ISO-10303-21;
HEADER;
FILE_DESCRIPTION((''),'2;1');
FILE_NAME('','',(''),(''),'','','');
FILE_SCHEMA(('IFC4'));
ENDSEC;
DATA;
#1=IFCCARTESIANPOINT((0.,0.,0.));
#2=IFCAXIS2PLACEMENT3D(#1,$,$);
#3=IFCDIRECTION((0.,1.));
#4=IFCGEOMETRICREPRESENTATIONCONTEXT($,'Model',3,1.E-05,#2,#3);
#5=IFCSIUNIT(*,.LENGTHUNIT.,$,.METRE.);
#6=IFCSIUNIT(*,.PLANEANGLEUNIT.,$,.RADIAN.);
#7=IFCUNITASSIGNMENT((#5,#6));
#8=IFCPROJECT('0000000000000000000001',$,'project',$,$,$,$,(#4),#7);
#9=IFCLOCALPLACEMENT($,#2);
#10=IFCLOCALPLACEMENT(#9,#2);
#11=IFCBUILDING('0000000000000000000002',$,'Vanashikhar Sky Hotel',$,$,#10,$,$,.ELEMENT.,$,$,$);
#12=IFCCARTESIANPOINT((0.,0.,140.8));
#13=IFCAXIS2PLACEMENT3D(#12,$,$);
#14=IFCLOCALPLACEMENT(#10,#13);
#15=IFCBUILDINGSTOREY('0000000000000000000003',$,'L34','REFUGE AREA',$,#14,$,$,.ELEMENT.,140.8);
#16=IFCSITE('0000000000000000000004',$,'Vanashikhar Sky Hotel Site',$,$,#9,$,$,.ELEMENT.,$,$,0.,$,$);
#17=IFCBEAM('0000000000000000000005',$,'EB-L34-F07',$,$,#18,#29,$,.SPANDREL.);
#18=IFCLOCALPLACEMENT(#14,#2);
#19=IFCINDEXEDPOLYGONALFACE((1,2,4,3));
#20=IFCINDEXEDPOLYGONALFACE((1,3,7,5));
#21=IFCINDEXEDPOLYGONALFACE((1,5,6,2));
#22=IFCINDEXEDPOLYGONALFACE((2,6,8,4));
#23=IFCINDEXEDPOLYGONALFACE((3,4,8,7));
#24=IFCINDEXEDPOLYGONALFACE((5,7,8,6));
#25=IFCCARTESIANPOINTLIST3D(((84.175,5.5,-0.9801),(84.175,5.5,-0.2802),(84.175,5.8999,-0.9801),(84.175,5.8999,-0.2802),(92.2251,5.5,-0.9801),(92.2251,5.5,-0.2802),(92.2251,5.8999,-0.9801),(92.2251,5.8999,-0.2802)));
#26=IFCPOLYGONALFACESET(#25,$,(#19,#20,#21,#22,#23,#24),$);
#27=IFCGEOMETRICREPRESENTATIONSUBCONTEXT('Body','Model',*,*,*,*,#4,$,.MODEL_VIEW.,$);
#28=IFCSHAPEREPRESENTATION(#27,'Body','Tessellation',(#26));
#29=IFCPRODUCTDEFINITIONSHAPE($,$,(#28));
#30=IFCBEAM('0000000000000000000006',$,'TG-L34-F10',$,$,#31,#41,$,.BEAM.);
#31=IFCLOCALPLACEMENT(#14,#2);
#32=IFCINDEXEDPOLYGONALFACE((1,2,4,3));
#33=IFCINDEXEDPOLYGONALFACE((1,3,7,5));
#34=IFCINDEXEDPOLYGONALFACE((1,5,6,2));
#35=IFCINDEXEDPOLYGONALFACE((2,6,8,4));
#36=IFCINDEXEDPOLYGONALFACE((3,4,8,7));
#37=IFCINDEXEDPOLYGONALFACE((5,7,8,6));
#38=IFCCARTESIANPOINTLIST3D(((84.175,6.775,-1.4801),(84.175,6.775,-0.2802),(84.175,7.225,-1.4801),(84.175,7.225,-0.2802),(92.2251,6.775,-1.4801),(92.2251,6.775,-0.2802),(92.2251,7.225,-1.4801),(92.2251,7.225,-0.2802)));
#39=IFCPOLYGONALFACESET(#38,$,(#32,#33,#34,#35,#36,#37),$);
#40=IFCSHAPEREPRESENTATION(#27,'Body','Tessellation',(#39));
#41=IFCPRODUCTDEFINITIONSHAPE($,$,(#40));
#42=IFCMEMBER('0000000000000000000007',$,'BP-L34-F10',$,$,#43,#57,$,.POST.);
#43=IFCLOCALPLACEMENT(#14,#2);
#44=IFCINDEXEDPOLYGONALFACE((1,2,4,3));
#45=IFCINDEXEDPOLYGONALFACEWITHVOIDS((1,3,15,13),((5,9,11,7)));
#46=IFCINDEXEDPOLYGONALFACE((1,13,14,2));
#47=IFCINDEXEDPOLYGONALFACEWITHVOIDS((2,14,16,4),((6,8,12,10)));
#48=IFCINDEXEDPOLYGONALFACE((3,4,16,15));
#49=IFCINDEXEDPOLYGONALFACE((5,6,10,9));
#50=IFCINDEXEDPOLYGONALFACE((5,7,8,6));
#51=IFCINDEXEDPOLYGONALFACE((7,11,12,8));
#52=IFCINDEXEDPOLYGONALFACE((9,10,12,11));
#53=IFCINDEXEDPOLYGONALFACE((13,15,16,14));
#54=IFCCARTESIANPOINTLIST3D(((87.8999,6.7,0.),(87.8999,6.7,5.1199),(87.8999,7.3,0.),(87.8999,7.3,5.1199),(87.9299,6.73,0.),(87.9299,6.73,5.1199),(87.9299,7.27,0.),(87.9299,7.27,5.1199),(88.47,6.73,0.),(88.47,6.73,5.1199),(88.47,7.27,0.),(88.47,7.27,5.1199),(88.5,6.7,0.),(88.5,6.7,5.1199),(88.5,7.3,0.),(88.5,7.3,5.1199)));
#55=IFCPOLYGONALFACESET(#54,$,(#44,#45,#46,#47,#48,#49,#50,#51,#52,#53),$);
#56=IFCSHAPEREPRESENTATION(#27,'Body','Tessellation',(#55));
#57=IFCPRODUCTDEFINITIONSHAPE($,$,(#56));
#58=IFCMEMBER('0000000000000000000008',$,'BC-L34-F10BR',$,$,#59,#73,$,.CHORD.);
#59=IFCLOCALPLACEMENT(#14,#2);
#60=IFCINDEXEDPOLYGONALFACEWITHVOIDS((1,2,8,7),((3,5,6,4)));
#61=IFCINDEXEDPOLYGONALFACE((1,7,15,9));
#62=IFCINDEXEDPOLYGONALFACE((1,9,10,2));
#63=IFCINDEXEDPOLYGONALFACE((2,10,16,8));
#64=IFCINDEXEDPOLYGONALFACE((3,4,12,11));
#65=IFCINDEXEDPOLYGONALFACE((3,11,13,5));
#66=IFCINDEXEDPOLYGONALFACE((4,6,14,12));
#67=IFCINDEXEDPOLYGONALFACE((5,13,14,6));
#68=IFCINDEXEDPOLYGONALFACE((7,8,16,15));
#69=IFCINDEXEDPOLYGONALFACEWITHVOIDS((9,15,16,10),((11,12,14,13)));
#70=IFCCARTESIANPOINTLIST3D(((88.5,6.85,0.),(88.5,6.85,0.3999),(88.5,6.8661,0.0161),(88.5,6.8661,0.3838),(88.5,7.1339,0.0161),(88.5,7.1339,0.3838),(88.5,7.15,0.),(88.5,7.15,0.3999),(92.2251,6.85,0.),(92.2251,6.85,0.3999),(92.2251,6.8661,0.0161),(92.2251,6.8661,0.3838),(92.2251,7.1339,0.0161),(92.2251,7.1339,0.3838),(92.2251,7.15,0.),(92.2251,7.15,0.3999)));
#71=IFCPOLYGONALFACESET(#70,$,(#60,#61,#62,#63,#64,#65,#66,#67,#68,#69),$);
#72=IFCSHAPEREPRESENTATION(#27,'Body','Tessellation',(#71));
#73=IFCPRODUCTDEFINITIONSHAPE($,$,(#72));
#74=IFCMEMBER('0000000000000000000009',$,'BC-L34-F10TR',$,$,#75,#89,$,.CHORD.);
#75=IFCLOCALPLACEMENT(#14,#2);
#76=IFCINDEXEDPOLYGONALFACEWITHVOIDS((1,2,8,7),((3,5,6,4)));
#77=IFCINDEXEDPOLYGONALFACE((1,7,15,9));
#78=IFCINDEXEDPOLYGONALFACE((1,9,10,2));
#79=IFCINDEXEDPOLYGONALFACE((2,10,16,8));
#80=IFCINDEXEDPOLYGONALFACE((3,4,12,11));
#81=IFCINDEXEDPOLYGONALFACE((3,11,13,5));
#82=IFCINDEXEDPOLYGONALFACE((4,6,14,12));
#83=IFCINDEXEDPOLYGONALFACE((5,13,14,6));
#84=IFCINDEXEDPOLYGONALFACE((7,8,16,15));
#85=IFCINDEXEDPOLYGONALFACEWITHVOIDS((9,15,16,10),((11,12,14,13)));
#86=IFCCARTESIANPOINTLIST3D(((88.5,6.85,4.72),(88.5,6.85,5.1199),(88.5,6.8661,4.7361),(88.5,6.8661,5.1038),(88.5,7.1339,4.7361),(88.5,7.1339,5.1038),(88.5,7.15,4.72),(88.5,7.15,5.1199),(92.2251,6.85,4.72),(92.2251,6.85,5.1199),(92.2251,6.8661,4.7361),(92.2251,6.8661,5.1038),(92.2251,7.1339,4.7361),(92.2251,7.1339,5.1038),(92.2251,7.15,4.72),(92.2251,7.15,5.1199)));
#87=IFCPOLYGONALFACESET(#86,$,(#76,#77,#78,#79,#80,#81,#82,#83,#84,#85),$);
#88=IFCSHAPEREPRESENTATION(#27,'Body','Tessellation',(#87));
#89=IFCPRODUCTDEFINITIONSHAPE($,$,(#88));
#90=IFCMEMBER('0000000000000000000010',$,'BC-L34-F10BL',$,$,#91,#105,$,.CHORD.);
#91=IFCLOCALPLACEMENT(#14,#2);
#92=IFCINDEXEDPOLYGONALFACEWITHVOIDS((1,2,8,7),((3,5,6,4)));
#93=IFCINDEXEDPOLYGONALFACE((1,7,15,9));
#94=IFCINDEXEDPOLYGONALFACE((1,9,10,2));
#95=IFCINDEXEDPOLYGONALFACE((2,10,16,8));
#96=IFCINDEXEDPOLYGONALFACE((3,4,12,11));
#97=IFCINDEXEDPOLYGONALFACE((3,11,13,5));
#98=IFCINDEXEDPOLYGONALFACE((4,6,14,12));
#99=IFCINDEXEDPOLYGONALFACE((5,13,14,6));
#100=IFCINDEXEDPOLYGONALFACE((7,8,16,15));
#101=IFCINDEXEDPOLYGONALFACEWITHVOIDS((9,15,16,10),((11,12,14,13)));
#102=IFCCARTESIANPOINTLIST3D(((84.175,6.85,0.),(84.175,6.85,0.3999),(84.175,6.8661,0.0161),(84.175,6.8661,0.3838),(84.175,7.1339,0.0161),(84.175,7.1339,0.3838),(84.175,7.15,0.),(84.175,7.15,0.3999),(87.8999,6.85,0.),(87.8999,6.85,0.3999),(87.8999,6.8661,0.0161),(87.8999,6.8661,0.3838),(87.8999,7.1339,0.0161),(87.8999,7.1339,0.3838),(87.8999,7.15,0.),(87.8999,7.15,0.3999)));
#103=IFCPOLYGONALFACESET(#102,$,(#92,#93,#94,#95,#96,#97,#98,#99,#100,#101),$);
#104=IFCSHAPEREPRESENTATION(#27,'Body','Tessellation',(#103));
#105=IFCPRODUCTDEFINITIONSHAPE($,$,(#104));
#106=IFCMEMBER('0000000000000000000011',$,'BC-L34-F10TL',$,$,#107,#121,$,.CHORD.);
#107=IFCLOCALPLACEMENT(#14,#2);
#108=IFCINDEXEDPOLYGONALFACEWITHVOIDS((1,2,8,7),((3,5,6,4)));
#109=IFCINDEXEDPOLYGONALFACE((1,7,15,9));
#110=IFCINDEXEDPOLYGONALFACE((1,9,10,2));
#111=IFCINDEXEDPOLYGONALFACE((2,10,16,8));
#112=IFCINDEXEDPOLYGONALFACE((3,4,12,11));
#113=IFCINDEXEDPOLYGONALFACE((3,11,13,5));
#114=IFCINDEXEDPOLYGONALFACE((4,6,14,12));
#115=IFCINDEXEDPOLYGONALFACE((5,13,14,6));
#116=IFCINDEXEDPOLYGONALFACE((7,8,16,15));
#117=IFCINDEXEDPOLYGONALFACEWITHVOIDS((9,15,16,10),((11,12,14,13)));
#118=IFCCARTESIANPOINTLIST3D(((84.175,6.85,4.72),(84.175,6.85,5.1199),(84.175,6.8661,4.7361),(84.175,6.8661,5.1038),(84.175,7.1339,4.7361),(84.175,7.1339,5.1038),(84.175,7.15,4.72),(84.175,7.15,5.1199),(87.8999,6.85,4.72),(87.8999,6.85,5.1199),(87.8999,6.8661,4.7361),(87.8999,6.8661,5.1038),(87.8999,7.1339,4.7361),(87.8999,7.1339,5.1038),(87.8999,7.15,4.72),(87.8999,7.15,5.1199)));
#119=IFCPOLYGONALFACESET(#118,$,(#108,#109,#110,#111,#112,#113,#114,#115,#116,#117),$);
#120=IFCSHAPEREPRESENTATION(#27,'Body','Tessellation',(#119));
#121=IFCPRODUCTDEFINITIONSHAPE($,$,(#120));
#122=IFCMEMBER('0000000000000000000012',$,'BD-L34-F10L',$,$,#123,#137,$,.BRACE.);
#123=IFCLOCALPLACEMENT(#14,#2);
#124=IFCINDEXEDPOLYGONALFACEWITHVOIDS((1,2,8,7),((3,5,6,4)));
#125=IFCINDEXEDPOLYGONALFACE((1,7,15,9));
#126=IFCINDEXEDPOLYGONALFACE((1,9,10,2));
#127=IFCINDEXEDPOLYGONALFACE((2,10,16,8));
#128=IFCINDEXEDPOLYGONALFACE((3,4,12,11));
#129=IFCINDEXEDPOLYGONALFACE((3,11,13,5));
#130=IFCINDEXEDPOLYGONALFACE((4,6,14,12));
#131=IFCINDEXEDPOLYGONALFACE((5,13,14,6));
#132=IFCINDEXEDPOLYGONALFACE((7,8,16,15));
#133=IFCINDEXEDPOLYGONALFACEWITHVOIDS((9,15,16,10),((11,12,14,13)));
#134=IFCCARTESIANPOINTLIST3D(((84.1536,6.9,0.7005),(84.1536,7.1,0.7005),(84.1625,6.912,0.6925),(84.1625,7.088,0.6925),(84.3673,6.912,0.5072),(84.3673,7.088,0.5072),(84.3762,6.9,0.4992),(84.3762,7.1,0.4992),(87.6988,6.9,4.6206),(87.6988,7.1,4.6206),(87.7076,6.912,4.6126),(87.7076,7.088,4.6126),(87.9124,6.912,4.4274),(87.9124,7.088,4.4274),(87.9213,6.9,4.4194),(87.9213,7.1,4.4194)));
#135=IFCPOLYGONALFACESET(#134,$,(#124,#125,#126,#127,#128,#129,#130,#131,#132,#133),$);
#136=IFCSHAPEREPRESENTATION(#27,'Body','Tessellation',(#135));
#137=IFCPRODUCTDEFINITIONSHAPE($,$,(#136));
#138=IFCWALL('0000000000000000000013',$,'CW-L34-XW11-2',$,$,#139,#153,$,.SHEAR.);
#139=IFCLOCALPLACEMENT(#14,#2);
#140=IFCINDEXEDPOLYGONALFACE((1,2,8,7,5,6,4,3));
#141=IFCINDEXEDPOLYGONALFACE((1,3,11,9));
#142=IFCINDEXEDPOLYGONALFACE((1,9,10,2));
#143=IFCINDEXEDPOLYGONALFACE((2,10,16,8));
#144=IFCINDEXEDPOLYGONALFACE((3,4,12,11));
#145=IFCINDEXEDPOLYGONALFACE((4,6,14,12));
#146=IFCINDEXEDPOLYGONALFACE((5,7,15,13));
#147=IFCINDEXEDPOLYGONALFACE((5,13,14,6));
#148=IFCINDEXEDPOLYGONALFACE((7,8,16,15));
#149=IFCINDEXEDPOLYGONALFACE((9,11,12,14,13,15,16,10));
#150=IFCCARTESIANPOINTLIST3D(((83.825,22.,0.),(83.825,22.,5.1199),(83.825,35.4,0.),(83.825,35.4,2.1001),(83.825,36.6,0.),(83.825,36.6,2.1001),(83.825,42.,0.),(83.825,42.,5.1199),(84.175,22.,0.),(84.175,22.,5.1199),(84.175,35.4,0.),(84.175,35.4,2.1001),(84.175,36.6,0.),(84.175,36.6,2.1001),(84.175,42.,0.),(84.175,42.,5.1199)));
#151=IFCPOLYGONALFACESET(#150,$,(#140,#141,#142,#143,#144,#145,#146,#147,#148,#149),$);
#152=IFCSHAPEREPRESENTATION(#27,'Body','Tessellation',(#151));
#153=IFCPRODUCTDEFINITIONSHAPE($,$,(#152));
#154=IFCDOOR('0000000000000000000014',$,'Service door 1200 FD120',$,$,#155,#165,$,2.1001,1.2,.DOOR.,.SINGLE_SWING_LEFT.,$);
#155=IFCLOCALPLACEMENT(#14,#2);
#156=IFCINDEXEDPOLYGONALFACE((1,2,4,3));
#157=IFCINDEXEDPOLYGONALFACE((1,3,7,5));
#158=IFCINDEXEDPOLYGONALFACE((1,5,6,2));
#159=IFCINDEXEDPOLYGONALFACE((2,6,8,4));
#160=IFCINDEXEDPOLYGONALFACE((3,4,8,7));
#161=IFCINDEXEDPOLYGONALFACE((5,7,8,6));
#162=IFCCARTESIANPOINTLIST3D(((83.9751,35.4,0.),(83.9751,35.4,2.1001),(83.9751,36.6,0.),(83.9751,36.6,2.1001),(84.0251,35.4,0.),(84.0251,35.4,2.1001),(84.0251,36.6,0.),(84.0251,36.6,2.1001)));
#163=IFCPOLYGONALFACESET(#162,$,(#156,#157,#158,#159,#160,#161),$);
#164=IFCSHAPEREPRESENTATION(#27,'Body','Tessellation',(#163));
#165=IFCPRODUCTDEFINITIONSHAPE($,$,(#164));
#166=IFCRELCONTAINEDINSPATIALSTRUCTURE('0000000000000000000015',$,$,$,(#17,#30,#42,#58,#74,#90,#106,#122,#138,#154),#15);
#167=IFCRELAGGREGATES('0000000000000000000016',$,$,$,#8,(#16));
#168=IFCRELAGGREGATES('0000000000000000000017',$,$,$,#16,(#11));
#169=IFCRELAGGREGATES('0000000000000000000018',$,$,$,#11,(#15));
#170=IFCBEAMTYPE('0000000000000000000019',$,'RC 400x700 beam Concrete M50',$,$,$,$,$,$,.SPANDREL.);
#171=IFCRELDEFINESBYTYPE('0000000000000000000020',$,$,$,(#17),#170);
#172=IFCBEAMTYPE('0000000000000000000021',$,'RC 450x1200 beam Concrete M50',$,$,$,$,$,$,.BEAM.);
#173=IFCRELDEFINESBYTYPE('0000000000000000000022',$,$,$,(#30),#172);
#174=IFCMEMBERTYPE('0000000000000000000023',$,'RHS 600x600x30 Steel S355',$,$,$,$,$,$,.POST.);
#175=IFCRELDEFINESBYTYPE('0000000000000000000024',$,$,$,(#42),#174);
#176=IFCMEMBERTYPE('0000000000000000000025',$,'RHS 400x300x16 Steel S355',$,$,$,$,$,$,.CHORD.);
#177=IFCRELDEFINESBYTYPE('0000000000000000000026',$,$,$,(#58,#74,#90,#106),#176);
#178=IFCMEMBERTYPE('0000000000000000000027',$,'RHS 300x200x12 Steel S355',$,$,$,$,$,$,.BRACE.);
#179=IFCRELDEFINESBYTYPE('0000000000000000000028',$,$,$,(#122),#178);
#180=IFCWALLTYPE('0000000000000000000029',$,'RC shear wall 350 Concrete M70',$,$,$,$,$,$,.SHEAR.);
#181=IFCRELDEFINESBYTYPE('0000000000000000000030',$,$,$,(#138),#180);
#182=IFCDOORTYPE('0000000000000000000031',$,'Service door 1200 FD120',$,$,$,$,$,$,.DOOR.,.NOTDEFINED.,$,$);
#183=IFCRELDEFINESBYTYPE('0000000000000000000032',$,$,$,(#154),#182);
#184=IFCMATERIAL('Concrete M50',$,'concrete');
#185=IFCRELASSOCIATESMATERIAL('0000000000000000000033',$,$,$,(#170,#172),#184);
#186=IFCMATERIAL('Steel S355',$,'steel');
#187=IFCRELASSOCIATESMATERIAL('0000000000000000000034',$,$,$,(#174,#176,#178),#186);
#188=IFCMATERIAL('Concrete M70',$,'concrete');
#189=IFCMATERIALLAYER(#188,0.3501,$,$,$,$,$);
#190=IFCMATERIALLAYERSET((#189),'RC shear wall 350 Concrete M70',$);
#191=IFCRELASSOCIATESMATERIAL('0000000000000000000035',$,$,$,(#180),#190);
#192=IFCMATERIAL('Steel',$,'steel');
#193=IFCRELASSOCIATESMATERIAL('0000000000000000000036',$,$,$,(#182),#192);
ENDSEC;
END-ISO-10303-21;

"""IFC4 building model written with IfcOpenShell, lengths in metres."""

from ifc_helpers import new_model, si_unit, direction, frame, frame_2d, origin, origin_2d, place, context, subcontext, project, spatial, rectangle, hollow_rectangle, extrude, source, transform, mapped, material, layer, layer_set, material_profile, profile_set, type_object, element, fill, save


model = new_model("IFC4")

# Units and contexts
model_context = context("Model", 3, precision=1e-05, world=origin(), true_north=direction((0.0, 1.0)))
body_context = subcontext(model_context, "Body", "Model", "MODEL_VIEW")
ifc_project = project(units=[si_unit("LENGTHUNIT", "METRE"), si_unit("PLANEANGLEUNIT", "RADIAN")], contexts=[model_context])

# Site, building, storey
site_placement = place(None, origin())
site = spatial("IfcSite", under=ifc_project, at=site_placement, Name="Vanashikhar Sky Hotel Site", CompositionType="ELEMENT", RefElevation=0.0)
building_placement = place(site_placement, origin())
building = spatial("IfcBuilding", under=site, at=building_placement, Name="Vanashikhar Sky Hotel", CompositionType="ELEMENT")
storey_placement = place(building_placement, frame((0.0, 0.0, 140.8)))
storey = spatial("IfcBuildingStorey", under=building, at=storey_placement, Name="L34", Description="REFUGE AREA", CompositionType="ELEMENT", Elevation=140.8)

# Beams
ifc_material_1 = material(Name="Concrete M50", Category="concrete")
ifc_material_profile_1 = material_profile(ifc_material_1, rectangle(XDim=0.3999, YDim=0.7, at=origin_2d()))
ifc_profile_set_1 = profile_set([ifc_material_profile_1], Name="RC 400x700 beam Concrete M50")
beam_type_1 = type_object("IfcBeamType", Name="RC 400x700 beam Concrete M50", PredefinedType="SPANDREL", material=ifc_profile_set_1)
shared_shape_1 = source(origin(), body_context, "Body", "SweptSolid", [
    extrude(rectangle(XDim=0.3999, YDim=0.7, at=origin_2d()), origin(), (0.0, 0.0, 1.0), 8.05),
])
beam_1_placement = place(storey_placement, frame((84.175, 5.7, -0.6301), z_axis=(1.0, 0.0, 0.0), x_axis=(0.0, 1.0, 0.0)))
element("IfcBeam", 1, at=beam_1_placement, inside=storey, type_object=beam_type_1, Name="EB-L34-F07", PredefinedType="SPANDREL", context=body_context, shape_type="MappedRepresentation", body=[
    mapped(shared_shape_1, transform((0.0, 0.0, 0.0), scale=1.0)),
])
ifc_material_profile_2 = material_profile(ifc_material_1, rectangle(XDim=0.45, YDim=1.2, at=origin_2d()))
ifc_profile_set_2 = profile_set([ifc_material_profile_2], Name="RC 450x1200 beam Concrete M50")
beam_type_2 = type_object("IfcBeamType", Name="RC 450x1200 beam Concrete M50", PredefinedType="BEAM", material=ifc_profile_set_2)
shared_shape_2 = source(origin(), body_context, "Body", "SweptSolid", [
    extrude(rectangle(XDim=0.45, YDim=1.2, at=origin_2d()), origin(), (0.0, 0.0, 1.0), 8.05),
])
beam_2_placement = place(storey_placement, frame((84.175, 7.0, -0.8801), z_axis=(1.0, 0.0, 0.0), x_axis=(0.0, 1.0, 0.0)))
element("IfcBeam", 2, at=beam_2_placement, inside=storey, type_object=beam_type_2, Name="TG-L34-F10", PredefinedType="BEAM", context=body_context, shape_type="MappedRepresentation", body=[
    mapped(shared_shape_2, transform((0.0, 0.0, 0.0), scale=1.0)),
])

# Members
ifc_material_2 = material(Name="Steel S355", Category="steel")
ifc_material_profile_3 = material_profile(ifc_material_2, hollow_rectangle(XDim=0.6001, YDim=0.6001, WallThickness=0.03, at=origin_2d()))
ifc_profile_set_3 = profile_set([ifc_material_profile_3], Name="RHS 600x600x30 Steel S355")
member_type_1 = type_object("IfcMemberType", Name="RHS 600x600x30 Steel S355", PredefinedType="POST", material=ifc_profile_set_3)
shared_shape_3 = source(origin(), body_context, "Body", "SweptSolid", [
    extrude(hollow_rectangle(XDim=0.6001, YDim=0.6001, WallThickness=0.03, at=origin_2d()), origin(), (0.0, 0.0, 1.0), 5.1199),
])
member_1_placement = place(storey_placement, frame((88.2, 7.0, 0.0), z_axis=(0.0, 0.0, 1.0), x_axis=(1.0, 0.0, 0.0)))
element("IfcMember", 3, at=member_1_placement, inside=storey, type_object=member_type_1, Name="BP-L34-F10", PredefinedType="POST", context=body_context, shape_type="MappedRepresentation", body=[
    mapped(shared_shape_3, transform((0.0, 0.0, 0.0), scale=1.0)),
])
ifc_material_profile_4 = material_profile(ifc_material_2, hollow_rectangle(XDim=0.3, YDim=0.3999, WallThickness=0.0161, at=origin_2d()))
ifc_profile_set_4 = profile_set([ifc_material_profile_4], Name="RHS 400x300x16 Steel S355")
member_type_2 = type_object("IfcMemberType", Name="RHS 400x300x16 Steel S355", PredefinedType="CHORD", material=ifc_profile_set_4)
shared_shape_4 = source(origin(), body_context, "Body", "SweptSolid", [
    extrude(hollow_rectangle(XDim=0.3, YDim=0.3999, WallThickness=0.0161, at=origin_2d()), origin(), (0.0, 0.0, 1.0), 3.7251),
])
for number, where, z_axis, x_axis, name in (
    (4, (88.5, 7.0, 0.2), (1.0, 0.0, 0.0), (0.0, 1.0, 0.0), "BC-L34-F10BR"),
    (5, (88.5, 7.0, 4.9199), (1.0, 0.0, 0.0), (0.0, 1.0, 0.0), "BC-L34-F10TR"),
):
    element("IfcMember", number, at=place(storey_placement, frame(where, z_axis=z_axis, x_axis=x_axis)), inside=storey, type_object=member_type_2, Name=name, PredefinedType="CHORD", context=body_context, shape_type="MappedRepresentation", body=[
        mapped(shared_shape_4, transform((0.0, 0.0, 0.0), scale=1.0)),
    ])
shared_shape_5 = source(origin(), body_context, "Body", "SweptSolid", [
    extrude(hollow_rectangle(XDim=0.3, YDim=0.3999, WallThickness=0.0161, at=origin_2d()), origin(), (0.0, 0.0, 1.0), 3.7249),
])
for number, where, z_axis, x_axis, name in (
    (6, (84.175, 7.0, 0.2), (1.0, 0.0, 0.0), (0.0, 1.0, 0.0), "BC-L34-F10BL"),
    (7, (84.175, 7.0, 4.9199), (1.0, 0.0, 0.0), (0.0, 1.0, 0.0), "BC-L34-F10TL"),
):
    element("IfcMember", number, at=place(storey_placement, frame(where, z_axis=z_axis, x_axis=x_axis)), inside=storey, type_object=member_type_2, Name=name, PredefinedType="CHORD", context=body_context, shape_type="MappedRepresentation", body=[
        mapped(shared_shape_5, transform((0.0, 0.0, 0.0), scale=1.0)),
    ])
ifc_material_profile_5 = material_profile(ifc_material_2, hollow_rectangle(XDim=0.2, YDim=0.3, WallThickness=0.012, at=origin_2d()))
ifc_profile_set_5 = profile_set([ifc_material_profile_5], Name="RHS 300x200x12 Steel S355")
member_type_3 = type_object("IfcMemberType", Name="RHS 300x200x12 Steel S355", PredefinedType="BRACE", material=ifc_profile_set_5)
shared_shape_6 = source(origin(), body_context, "Body", "SweptSolid", [
    extrude(hollow_rectangle(XDim=0.2, YDim=0.3, WallThickness=0.012, at=origin_2d()), origin(), (0.0, 0.0, 1.0), 5.2854),
])
member_2_placement = place(storey_placement, frame((84.2649, 7.0, 0.5999), z_axis=(0.670742, 0.0, 0.741691), x_axis=(0.0, 1.0, 0.0)))
element("IfcMember", 8, at=member_2_placement, inside=storey, type_object=member_type_3, Name="BD-L34-F10L", PredefinedType="BRACE", context=body_context, shape_type="MappedRepresentation", body=[
    mapped(shared_shape_6, transform((0.0, 0.0, 0.0), scale=1.0)),
])

# Wall, opening, door
ifc_material_3 = material(Name="Concrete M70", Category="concrete")
ifc_layer_1 = layer(ifc_material_3, 0.3501)
ifc_layer_set_1 = layer_set([ifc_layer_1], Name="RC shear wall 350 Concrete M70")
wall_type_1 = type_object("IfcWallType", Name="RC shear wall 350 Concrete M70", PredefinedType="SHEAR", material=ifc_layer_set_1)
shared_shape_7 = source(origin(), body_context, "Body", "SweptSolid", [
    extrude(rectangle(XDim=20.0, YDim=0.3501, at=frame_2d((10.0, 0.0))), origin(), (0.0, 0.0, 1.0), 5.1199),
])
wall_1_placement = place(storey_placement, frame((84.0, 22.0, 0.0), z_axis=(0.0, 0.0, 1.0), x_axis=(0.0, 1.0, 0.0)))
wall_1 = element("IfcWall", 9, at=wall_1_placement, inside=storey, type_object=wall_type_1, Name="CW-L34-XW11-2", PredefinedType="SHEAR", context=body_context, shape_type="MappedRepresentation", body=[
    mapped(shared_shape_7, transform((0.0, 0.0, 0.0), scale=1.0)),
])
shared_shape_8 = source(origin(), body_context, "Body", "SweptSolid", [
    extrude(rectangle(XDim=1.2, YDim=2.1001, at=frame_2d((0.6001, 1.05))), frame((0.0, 0.1851, 0.0), z_axis=(0.0, -1.0, 0.0), x_axis=(1.0, 0.0, 0.0)), (0.0, 0.0, 1.0), 0.3701),
])
opening_1_placement = place(wall_1_placement, frame((13.3999, 0.0, 0.0)))
opening_1 = element("IfcOpeningElement", 10, at=opening_1_placement, cuts=wall_1, PredefinedType="OPENING", context=body_context, shape_type="MappedRepresentation", body=[
    mapped(shared_shape_8, transform((0.0, 0.0, 0.0), scale=1.0)),
])
ifc_material_4 = material(Name="Steel", Category="steel")
door_type_1 = type_object("IfcDoorType", Name="Service door 1200 FD120", OperationType="NOTDEFINED", PredefinedType="DOOR", material=ifc_material_4)
shared_shape_9 = source(origin(), body_context, "Body", "SweptSolid", [
    extrude(rectangle(XDim=1.2, YDim=2.1001, at=frame_2d((0.6001, 1.05))), frame((0.0, 0.0249, 0.0), z_axis=(0.0, -1.0, 0.0), x_axis=(1.0, 0.0, 0.0)), (0.0, 0.0, 1.0), 0.05),
])
door_1_placement = place(opening_1_placement, origin())
door_1 = element("IfcDoor", 11, at=door_1_placement, inside=storey, type_object=door_type_1, Name="Service door 1200 FD120", OperationType="SINGLE_SWING_LEFT", OverallHeight=2.1001, OverallWidth=1.2, PredefinedType="DOOR", context=body_context, shape_type="MappedRepresentation", body=[
    mapped(shared_shape_9, transform((0.0, 0.0, 0.0), scale=1.0)),
])
fill(opening_1, door_1)

save(model, "model.ifc")
